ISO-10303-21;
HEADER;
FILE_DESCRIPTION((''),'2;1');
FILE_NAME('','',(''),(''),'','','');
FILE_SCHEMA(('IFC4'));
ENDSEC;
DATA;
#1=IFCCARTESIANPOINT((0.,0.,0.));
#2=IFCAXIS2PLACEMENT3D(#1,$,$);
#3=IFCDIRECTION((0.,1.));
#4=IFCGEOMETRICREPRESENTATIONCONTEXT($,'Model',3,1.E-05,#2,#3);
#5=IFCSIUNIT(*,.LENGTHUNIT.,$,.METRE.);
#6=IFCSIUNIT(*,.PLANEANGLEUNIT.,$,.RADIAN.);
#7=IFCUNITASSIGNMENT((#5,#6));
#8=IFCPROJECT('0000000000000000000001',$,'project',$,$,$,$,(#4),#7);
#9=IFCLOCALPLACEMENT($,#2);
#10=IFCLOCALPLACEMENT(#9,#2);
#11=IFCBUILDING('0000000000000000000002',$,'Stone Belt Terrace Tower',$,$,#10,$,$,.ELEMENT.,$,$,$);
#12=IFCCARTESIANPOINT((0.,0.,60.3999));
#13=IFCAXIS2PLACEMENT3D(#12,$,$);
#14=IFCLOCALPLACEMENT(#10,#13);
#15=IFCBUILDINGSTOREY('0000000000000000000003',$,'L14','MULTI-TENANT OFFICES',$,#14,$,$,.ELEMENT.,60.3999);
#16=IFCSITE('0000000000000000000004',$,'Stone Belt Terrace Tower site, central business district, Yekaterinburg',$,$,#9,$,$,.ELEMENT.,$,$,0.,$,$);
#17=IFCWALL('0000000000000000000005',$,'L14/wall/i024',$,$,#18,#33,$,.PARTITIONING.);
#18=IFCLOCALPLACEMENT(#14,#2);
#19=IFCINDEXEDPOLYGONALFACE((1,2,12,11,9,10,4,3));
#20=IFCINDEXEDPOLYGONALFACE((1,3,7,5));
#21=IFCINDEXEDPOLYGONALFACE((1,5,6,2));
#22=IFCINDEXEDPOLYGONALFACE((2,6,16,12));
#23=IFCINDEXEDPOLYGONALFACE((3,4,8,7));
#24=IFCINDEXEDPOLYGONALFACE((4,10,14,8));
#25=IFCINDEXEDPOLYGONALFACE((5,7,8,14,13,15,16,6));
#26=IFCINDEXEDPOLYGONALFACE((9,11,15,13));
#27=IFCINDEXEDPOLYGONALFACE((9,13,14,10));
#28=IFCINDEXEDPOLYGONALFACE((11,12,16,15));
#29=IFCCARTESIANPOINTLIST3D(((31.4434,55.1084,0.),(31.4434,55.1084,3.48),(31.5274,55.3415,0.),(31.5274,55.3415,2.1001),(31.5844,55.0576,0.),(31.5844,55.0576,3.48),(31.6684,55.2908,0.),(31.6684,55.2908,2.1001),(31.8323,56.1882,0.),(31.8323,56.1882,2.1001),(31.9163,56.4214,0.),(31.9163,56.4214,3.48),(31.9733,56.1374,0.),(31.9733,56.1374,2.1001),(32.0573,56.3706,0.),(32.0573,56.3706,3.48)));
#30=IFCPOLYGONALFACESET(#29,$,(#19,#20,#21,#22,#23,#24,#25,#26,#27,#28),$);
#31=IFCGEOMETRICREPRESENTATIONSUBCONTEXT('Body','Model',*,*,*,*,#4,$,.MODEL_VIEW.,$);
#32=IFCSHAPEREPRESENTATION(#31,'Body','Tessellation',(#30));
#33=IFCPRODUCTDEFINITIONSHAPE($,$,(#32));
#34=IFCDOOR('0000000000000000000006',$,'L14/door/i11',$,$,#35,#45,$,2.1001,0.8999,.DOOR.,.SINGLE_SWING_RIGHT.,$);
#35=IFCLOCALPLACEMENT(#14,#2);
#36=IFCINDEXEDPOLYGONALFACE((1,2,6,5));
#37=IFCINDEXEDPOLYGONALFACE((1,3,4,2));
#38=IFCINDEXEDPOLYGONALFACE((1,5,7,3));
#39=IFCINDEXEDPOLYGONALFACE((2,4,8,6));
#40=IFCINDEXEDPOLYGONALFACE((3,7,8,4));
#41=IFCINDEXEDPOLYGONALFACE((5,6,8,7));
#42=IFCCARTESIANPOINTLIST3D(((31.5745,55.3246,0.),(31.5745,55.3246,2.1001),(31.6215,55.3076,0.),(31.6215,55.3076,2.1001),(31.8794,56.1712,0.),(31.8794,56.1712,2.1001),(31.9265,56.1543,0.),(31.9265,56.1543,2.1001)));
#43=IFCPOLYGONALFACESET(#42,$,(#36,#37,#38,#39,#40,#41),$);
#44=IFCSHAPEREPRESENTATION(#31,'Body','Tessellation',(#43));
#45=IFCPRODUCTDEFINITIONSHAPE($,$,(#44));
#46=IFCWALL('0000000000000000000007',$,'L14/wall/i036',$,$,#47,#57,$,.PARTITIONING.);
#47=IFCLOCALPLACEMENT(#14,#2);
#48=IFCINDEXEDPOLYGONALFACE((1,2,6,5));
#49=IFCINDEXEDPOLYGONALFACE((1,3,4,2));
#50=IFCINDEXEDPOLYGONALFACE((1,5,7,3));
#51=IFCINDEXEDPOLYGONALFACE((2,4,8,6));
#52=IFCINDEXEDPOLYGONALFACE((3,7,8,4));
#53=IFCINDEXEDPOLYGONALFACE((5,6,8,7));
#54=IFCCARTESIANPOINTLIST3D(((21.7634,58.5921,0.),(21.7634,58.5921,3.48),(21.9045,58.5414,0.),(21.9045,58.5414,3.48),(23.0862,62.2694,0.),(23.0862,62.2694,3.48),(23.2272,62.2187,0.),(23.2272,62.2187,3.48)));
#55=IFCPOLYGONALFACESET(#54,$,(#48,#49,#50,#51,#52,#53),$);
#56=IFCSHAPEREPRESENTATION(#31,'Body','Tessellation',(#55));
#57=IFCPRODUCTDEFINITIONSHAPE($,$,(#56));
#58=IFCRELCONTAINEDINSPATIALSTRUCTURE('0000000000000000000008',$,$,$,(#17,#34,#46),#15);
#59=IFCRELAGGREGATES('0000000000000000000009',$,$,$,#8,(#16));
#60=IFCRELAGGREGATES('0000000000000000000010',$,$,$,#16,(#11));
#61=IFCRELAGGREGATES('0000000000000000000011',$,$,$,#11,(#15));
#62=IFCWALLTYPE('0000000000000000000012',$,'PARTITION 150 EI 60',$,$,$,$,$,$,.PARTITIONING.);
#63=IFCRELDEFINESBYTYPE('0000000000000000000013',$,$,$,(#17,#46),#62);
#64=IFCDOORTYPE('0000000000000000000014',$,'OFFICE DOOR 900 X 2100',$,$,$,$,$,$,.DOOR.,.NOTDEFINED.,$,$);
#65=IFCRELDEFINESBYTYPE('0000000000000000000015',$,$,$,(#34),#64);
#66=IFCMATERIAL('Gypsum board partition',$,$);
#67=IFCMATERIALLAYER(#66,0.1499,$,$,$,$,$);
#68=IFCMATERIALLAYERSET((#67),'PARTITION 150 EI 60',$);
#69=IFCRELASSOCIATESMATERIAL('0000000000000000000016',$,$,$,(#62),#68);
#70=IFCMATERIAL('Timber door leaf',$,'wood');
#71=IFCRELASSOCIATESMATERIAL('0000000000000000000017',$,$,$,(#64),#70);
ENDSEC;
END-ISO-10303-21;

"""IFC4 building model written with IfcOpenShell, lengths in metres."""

from ifc_helpers import new_model, si_unit, direction, frame, frame_2d, origin, place, context, subcontext, project, spatial, rectangle, extrude, material, layer, layer_set, type_object, element, fill, save


model = new_model("IFC4")

# Units and contexts
model_context = context("Model", 3, precision=1e-05, world=origin(), true_north=direction((0.0, 1.0)))
body_context = subcontext(model_context, "Body", "Model", "MODEL_VIEW")
ifc_project = project(units=[si_unit("LENGTHUNIT", "METRE"), si_unit("PLANEANGLEUNIT", "RADIAN")], contexts=[model_context])

# Site, building, storey
site_placement = place(None, origin())
site = spatial("IfcSite", under=ifc_project, at=site_placement, Name="Stone Belt Terrace Tower site, central business district, Yekaterinburg", CompositionType="ELEMENT", RefElevation=0.0)
building_placement = place(site_placement, origin())
building = spatial("IfcBuilding", under=site, at=building_placement, Name="Stone Belt Terrace Tower", CompositionType="ELEMENT")
storey_placement = place(building_placement, frame((0.0, 0.0, 60.3999)))
storey = spatial("IfcBuildingStorey", under=building, at=storey_placement, Name="L14", Description="MULTI-TENANT OFFICES", CompositionType="ELEMENT", Elevation=60.3999)

# Shared definitions
ifc_material_1 = material(Name="Timber door leaf", Category="wood")

# Wall, opening, door
ifc_material_2 = material(Name="Gypsum board partition")
ifc_layer_1 = layer(ifc_material_2, 0.1499)
ifc_layer_set_1 = layer_set([ifc_layer_1], Name="PARTITION 150 EI 60")
wall_type_1 = type_object("IfcWallType", Name="PARTITION 150 EI 60", PredefinedType="PARTITIONING", material=ifc_layer_set_1)
wall_1_placement = place(storey_placement, frame((31.5139, 55.083, 0.0), z_axis=(0.0, 0.0, 1.0), x_axis=(0.338862, 0.940836, 0.0)))
wall_1 = element("IfcWall", 1, at=wall_1_placement, inside=storey, type_object=wall_type_1, Name="L14/wall/i024", PredefinedType="PARTITIONING", context=body_context, shape_type="SweptSolid", body=[
    extrude(rectangle(XDim=1.3955, YDim=0.1499, at=frame_2d((0.6978, 0.0))), origin(), (0.0, 0.0, 1.0), 3.48),
])
opening_1_placement = place(wall_1_placement, frame((0.2478, 0.0, 0.0)))
opening_1 = element("IfcOpeningElement", 2, at=opening_1_placement, cuts=wall_1, PredefinedType="OPENING", context=body_context, shape_type="SweptSolid", body=[
    extrude(rectangle(XDim=0.8999, YDim=2.1001, at=frame_2d((0.45, 1.05))), frame((0.0, 0.085, 0.0), z_axis=(0.0, -1.0, 0.0), x_axis=(1.0, 0.0, 0.0)), (0.0, 0.0, 1.0), 0.1699),
])
door_type_1 = type_object("IfcDoorType", Name="OFFICE DOOR 900 X 2100", OperationType="NOTDEFINED", PredefinedType="DOOR", material=ifc_material_1)
door_1_placement = place(opening_1_placement, origin())
door_1 = element("IfcDoor", 3, at=door_1_placement, inside=storey, type_object=door_type_1, Name="L14/door/i11", OperationType="SINGLE_SWING_RIGHT", OverallHeight=2.1001, OverallWidth=0.8999, PredefinedType="DOOR", context=body_context, shape_type="SweptSolid", body=[
    extrude(rectangle(XDim=0.8999, YDim=2.1001, at=frame_2d((0.45, 1.05))), frame((0.0, 0.0249, 0.0), z_axis=(0.0, -1.0, 0.0), x_axis=(1.0, 0.0, 0.0)), (0.0, 0.0, 1.0), 0.05),
])
fill(opening_1, door_1)

# Wall
wall_2_placement = place(storey_placement, frame((23.1567, 62.2441, 0.0), z_axis=(0.0, 0.0, 1.0), x_axis=(-0.338481, -0.940973, 0.0)))
element("IfcWall", 4, at=wall_2_placement, inside=storey, type_object=wall_type_1, Name="L14/wall/i036", PredefinedType="PARTITIONING", context=body_context, shape_type="SweptSolid", body=[
    extrude(rectangle(XDim=3.908, YDim=0.1499, at=frame_2d((1.9541, 0.0))), origin(), (0.0, 0.0, 1.0), 3.48),
])

save(model, "model.ifc")
